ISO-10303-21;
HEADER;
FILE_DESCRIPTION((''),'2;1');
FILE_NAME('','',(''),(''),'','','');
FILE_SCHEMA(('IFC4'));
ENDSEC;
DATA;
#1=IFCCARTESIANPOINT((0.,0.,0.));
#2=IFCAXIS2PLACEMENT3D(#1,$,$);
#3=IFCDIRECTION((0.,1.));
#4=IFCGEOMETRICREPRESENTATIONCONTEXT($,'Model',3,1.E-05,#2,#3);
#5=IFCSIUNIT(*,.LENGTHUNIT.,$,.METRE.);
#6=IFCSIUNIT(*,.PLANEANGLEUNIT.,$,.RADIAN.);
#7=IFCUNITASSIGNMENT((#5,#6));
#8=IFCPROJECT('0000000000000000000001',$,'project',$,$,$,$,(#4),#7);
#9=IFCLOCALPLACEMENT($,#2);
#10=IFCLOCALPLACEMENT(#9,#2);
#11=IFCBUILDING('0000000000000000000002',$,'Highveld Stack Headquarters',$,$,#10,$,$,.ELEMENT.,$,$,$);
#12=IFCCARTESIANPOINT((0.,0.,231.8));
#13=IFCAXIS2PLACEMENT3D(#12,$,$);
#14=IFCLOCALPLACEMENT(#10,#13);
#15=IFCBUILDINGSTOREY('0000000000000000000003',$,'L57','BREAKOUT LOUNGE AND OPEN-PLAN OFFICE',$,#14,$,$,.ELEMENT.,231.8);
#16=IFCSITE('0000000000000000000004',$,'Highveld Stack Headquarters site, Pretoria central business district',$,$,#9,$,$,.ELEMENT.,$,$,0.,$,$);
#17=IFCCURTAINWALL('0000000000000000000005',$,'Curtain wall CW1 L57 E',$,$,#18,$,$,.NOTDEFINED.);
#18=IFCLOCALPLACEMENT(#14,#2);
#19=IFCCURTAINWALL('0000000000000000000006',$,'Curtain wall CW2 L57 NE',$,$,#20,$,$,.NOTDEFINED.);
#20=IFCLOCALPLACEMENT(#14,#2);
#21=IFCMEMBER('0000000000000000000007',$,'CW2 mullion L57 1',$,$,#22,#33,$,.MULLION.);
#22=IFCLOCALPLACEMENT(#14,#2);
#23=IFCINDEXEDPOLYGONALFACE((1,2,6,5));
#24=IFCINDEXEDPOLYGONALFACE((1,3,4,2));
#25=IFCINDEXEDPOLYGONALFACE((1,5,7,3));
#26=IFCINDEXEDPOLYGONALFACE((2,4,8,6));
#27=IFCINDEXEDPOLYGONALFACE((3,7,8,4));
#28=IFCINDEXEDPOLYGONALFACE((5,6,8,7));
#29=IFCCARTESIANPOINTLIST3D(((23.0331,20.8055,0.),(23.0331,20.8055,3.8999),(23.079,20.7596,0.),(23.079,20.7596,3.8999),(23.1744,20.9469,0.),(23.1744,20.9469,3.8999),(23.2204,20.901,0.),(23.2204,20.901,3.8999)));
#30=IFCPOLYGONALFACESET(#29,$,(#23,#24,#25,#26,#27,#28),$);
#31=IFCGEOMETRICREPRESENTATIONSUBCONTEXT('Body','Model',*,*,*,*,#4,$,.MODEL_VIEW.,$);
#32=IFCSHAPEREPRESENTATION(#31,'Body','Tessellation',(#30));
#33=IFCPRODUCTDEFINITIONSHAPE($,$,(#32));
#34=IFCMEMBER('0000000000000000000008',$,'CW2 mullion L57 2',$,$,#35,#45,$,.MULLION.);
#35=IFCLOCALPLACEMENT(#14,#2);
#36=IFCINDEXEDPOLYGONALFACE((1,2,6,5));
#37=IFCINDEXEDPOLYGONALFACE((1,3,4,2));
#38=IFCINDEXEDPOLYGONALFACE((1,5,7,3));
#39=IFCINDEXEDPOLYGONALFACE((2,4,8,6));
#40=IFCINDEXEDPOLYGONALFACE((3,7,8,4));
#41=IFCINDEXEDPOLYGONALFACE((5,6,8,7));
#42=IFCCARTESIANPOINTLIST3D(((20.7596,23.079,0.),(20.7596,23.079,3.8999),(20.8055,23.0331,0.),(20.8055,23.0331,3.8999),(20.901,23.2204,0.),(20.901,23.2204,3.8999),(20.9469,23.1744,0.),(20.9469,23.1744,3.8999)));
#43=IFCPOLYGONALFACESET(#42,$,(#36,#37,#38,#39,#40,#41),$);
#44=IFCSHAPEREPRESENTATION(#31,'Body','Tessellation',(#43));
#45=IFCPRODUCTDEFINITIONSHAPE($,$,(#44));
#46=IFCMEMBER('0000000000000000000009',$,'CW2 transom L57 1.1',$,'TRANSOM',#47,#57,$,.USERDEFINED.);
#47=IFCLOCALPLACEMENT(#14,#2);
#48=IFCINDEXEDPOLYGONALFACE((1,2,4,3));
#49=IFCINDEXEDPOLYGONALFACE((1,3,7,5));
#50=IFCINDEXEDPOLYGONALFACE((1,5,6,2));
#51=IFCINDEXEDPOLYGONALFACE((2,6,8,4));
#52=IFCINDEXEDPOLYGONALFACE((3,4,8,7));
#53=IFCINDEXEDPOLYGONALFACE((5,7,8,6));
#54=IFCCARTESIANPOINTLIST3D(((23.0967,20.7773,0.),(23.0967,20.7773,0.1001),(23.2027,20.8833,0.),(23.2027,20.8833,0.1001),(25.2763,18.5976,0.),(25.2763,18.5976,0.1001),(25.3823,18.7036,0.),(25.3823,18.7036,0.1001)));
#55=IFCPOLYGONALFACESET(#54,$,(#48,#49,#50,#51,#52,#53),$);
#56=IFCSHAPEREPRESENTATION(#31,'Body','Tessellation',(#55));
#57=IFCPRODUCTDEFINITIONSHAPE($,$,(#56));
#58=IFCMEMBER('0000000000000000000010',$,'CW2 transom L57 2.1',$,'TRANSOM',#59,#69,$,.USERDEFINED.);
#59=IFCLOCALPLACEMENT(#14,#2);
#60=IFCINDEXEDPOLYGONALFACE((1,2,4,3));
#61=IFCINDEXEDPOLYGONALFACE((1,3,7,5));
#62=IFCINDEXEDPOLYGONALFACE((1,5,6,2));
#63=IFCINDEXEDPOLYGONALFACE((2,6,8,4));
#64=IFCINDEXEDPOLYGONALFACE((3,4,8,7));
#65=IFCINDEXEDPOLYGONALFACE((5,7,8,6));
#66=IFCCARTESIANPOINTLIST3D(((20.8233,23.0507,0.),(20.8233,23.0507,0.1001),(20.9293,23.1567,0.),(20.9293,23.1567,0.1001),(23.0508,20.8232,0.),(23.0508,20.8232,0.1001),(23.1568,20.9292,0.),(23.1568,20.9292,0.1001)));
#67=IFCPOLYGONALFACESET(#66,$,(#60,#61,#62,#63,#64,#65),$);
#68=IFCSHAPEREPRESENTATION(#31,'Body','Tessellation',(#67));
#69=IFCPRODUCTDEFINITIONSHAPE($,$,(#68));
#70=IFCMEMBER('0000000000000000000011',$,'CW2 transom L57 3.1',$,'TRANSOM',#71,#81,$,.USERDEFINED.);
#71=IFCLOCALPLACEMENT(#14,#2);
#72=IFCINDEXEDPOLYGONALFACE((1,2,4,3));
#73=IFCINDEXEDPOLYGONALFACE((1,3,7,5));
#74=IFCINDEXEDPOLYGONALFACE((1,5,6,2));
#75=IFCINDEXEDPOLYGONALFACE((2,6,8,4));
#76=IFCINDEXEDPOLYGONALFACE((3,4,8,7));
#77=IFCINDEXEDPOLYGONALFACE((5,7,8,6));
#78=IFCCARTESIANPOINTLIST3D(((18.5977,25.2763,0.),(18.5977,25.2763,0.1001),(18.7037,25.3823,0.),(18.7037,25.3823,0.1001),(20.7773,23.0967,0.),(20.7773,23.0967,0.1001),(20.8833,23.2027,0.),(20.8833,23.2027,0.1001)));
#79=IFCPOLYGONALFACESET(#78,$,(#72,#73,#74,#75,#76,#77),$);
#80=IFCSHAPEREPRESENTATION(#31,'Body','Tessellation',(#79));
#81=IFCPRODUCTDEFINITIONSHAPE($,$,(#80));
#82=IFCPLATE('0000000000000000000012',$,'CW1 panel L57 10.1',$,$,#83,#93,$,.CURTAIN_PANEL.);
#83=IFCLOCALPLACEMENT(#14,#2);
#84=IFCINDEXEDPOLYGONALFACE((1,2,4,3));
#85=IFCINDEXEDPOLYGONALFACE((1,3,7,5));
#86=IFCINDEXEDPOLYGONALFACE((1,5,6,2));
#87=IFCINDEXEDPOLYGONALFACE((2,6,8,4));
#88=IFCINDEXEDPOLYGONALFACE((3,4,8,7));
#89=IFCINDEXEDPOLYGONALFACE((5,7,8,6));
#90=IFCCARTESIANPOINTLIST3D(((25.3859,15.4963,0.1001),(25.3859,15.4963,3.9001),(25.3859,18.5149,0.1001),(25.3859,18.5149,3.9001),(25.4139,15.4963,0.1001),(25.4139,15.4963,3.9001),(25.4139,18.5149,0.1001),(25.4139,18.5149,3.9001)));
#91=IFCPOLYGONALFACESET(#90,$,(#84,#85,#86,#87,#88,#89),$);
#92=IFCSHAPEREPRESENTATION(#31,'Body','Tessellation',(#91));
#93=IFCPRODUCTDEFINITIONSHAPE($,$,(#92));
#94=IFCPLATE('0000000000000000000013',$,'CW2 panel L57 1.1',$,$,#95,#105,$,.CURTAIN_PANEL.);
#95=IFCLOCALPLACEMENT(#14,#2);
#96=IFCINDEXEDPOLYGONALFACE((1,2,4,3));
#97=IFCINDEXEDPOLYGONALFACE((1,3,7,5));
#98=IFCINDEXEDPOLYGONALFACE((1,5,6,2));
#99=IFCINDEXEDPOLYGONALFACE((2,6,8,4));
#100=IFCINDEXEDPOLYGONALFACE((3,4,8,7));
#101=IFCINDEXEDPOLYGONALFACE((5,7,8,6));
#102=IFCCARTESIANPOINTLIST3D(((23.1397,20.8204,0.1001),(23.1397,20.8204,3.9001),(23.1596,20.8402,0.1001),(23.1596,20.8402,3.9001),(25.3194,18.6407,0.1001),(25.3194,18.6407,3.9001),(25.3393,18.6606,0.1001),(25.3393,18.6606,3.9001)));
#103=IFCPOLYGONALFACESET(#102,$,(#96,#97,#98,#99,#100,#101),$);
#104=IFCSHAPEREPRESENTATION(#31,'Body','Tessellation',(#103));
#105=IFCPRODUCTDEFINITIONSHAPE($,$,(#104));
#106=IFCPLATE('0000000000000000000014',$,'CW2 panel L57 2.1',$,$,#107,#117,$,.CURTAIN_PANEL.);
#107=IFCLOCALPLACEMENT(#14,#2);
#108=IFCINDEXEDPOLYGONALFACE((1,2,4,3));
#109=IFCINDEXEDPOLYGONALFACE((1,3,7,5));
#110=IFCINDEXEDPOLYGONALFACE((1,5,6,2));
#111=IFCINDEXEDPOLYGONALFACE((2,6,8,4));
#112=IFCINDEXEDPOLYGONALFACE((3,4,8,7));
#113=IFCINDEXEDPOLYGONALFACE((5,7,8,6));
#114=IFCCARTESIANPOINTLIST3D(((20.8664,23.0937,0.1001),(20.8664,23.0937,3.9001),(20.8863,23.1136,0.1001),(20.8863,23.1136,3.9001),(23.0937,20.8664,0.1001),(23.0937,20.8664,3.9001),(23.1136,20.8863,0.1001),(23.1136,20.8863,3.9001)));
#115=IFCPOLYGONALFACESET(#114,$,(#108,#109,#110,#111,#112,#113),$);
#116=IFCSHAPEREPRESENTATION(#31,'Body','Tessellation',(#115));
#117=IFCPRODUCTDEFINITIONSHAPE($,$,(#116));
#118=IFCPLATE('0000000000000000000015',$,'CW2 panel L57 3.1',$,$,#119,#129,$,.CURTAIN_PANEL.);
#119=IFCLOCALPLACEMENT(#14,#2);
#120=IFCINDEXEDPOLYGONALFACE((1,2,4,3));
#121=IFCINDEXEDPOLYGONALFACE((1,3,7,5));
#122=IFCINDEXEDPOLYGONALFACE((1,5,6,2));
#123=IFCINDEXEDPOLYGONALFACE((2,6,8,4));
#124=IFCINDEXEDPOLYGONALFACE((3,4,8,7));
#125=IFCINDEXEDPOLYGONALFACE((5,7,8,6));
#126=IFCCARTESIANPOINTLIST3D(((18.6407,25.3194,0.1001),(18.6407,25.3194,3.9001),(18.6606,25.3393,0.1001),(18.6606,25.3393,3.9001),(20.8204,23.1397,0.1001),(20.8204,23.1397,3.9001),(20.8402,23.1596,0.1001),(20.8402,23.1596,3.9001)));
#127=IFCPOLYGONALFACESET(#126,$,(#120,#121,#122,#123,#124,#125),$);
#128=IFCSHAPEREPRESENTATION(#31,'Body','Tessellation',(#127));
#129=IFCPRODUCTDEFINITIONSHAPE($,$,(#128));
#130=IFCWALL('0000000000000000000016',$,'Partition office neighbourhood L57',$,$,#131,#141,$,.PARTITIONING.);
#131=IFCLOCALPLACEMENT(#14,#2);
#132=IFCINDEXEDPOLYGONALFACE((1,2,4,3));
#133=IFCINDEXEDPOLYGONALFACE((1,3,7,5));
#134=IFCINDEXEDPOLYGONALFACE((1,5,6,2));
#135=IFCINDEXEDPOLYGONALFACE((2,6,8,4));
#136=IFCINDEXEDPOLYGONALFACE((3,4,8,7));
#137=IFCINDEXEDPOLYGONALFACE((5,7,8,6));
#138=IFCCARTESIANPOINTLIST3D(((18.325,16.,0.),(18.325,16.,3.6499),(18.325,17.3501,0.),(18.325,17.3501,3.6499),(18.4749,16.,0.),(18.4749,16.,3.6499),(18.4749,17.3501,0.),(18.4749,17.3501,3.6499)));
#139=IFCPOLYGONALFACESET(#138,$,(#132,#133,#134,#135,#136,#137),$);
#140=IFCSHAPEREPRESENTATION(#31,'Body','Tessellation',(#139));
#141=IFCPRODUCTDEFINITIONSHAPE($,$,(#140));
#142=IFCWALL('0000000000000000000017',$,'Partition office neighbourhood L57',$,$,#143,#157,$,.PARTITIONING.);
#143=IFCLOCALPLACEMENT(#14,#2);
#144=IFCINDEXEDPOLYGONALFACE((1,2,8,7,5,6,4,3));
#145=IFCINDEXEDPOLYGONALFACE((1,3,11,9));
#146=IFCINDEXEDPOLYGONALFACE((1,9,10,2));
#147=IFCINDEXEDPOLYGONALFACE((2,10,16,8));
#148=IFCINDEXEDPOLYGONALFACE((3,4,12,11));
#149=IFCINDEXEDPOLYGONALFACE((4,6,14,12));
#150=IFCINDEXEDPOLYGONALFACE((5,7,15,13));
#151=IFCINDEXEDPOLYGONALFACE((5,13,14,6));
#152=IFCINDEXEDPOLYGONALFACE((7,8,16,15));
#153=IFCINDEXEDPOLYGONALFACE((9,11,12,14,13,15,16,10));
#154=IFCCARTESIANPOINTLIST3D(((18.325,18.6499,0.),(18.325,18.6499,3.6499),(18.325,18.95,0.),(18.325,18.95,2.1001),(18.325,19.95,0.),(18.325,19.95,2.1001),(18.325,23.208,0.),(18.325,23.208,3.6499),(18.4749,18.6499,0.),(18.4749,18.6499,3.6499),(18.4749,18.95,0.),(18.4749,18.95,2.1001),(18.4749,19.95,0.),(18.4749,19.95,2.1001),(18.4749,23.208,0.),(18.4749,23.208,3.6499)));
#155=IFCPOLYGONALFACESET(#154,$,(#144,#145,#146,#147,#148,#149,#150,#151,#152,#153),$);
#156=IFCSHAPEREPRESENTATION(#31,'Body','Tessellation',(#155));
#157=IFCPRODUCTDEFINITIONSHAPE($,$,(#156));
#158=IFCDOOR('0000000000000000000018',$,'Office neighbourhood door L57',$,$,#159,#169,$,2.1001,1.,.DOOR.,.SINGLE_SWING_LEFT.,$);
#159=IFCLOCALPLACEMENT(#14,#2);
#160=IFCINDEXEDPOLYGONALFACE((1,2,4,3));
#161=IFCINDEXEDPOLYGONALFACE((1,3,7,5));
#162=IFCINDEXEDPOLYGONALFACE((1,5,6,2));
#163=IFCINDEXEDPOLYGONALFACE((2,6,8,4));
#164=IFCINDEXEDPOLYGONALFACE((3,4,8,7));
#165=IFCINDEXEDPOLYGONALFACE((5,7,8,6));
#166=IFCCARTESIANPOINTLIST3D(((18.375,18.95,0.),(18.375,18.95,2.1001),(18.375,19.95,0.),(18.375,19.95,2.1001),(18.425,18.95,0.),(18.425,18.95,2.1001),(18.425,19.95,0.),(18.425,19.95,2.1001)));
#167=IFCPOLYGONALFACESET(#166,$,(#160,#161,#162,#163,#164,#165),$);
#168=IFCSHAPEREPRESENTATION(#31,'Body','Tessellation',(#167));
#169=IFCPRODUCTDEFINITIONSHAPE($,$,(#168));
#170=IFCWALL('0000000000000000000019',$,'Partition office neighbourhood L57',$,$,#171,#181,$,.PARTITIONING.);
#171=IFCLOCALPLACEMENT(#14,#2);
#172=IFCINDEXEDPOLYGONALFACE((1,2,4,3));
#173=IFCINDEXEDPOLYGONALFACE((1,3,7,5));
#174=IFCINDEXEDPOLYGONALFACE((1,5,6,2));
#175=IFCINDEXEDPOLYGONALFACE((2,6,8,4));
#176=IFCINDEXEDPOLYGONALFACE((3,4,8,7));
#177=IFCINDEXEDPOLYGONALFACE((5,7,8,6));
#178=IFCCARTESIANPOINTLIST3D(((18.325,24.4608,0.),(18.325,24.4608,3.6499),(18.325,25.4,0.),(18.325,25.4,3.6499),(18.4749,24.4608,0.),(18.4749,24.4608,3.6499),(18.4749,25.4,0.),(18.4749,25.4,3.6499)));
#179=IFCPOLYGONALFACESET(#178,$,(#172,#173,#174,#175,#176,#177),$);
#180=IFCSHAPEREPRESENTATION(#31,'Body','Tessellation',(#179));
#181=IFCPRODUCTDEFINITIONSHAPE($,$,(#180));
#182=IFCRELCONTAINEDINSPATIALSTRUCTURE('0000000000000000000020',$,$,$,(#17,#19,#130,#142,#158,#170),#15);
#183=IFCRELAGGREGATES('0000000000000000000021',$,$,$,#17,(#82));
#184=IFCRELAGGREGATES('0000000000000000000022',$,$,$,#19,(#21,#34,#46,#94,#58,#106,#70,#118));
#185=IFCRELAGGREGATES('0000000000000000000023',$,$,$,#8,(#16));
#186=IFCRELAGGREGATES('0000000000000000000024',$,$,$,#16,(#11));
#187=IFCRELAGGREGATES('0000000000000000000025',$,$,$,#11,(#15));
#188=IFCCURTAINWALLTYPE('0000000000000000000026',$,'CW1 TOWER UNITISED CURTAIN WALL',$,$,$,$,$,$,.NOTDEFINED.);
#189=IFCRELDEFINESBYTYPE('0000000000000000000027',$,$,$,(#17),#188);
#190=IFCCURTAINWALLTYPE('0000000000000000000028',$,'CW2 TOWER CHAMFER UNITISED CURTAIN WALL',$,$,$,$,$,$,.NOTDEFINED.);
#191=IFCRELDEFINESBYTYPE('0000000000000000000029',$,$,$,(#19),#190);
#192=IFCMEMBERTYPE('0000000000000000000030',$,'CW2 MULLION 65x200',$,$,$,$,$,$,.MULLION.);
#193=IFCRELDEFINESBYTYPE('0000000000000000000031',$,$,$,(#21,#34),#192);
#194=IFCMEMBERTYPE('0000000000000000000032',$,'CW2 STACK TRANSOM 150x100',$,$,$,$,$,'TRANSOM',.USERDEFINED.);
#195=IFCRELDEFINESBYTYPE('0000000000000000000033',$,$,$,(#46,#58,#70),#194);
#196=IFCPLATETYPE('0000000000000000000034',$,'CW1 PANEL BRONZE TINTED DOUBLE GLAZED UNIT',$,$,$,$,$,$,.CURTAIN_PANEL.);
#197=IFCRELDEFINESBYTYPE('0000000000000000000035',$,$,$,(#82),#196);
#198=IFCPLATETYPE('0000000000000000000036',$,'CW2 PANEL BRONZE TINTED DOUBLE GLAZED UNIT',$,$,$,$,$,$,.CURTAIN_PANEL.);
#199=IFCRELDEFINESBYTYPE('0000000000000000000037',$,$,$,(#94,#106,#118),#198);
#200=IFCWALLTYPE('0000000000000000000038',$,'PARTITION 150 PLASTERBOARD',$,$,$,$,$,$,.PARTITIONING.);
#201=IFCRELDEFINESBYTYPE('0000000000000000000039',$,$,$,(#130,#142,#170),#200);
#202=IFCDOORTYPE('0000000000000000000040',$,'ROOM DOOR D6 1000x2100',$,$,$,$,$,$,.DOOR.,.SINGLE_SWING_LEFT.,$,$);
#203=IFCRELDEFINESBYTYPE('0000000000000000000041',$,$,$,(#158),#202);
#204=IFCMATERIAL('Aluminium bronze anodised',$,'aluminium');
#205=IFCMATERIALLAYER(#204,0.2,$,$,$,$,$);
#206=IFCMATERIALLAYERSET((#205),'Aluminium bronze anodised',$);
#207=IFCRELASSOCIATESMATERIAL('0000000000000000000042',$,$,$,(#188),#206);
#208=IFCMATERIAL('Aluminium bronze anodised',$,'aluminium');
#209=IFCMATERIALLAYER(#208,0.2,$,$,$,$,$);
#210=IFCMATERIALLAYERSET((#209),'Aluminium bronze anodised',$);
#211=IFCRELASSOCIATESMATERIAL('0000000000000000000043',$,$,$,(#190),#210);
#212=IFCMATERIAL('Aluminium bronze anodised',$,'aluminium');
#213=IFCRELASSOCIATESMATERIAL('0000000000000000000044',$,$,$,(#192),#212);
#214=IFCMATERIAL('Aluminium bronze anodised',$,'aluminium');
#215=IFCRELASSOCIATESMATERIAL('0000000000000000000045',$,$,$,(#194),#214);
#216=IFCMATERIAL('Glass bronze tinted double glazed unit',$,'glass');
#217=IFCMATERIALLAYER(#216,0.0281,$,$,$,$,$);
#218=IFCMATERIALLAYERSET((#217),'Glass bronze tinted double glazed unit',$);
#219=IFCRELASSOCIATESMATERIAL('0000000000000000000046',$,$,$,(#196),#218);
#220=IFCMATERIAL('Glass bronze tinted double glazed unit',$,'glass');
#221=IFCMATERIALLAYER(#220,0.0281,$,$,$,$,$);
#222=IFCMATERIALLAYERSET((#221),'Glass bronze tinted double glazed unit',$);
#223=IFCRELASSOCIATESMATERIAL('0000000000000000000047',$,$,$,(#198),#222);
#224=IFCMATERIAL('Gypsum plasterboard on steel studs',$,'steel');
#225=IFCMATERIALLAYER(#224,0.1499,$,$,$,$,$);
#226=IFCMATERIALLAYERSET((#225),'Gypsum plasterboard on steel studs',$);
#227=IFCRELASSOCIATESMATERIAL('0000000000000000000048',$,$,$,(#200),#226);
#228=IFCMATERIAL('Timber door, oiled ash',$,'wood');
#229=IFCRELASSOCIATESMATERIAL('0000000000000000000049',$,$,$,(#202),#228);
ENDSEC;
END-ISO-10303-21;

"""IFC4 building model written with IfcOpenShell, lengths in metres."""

from ifc_helpers import new_model, si_unit, direction, frame, frame_2d, origin, origin_2d, place, context, subcontext, project, spatial, rectangle, extrude, material, layer, layer_set, material_profile, profile_set, type_object, element, fill, aggregate, save


model = new_model("IFC4")

# Units and contexts
model_context = context("Model", 3, precision=1e-05, world=origin(), true_north=direction((0.0, 1.0)))
body_context = subcontext(model_context, "Body", "Model", "MODEL_VIEW")
ifc_project = project(units=[si_unit("LENGTHUNIT", "METRE"), si_unit("PLANEANGLEUNIT", "RADIAN")], contexts=[model_context])

# Site, building, storey
site_placement = place(None, origin())
site = spatial("IfcSite", under=ifc_project, at=site_placement, Name="Highveld Stack Headquarters site, Pretoria central business district", CompositionType="ELEMENT", RefElevation=0.0)
building_placement = place(site_placement, origin())
building = spatial("IfcBuilding", under=site, at=building_placement, Name="Highveld Stack Headquarters", CompositionType="ELEMENT")
storey_placement = place(building_placement, frame((0.0, 0.0, 231.8)))
storey = spatial("IfcBuildingStorey", under=building, at=storey_placement, Name="L57", Description="BREAKOUT LOUNGE AND OPEN-PLAN OFFICE", CompositionType="ELEMENT", Elevation=231.8)

# Curtain wall
ifc_material_1 = material(Name="Aluminium bronze anodised", Category="aluminium")
ifc_layer_1 = layer(ifc_material_1, 0.2)
ifc_layer_set_1 = layer_set([ifc_layer_1], Name="Aluminium bronze anodised")
curtain_wall_type_1 = type_object("IfcCurtainWallType", Name="CW1 TOWER UNITISED CURTAIN WALL", PredefinedType="NOTDEFINED", material=ifc_layer_set_1)
curtain_wall_1_placement = place(storey_placement, origin())
curtain_wall_1 = element("IfcCurtainWall", 1, at=curtain_wall_1_placement, inside=storey, type_object=curtain_wall_type_1, Name="Curtain wall CW1 L57 E", PredefinedType="NOTDEFINED")

# Curtain wall, members
ifc_material_2 = material(Name="Aluminium bronze anodised", Category="aluminium")
ifc_layer_2 = layer(ifc_material_2, 0.2)
ifc_layer_set_2 = layer_set([ifc_layer_2], Name="Aluminium bronze anodised")
curtain_wall_type_2 = type_object("IfcCurtainWallType", Name="CW2 TOWER CHAMFER UNITISED CURTAIN WALL", PredefinedType="NOTDEFINED", material=ifc_layer_set_2)
curtain_wall_2_placement = place(storey_placement, origin())
curtain_wall_2 = element("IfcCurtainWall", 2, at=curtain_wall_2_placement, inside=storey, type_object=curtain_wall_type_2, Name="Curtain wall CW2 L57 NE", PredefinedType="NOTDEFINED")
ifc_material_3 = material(Name="Aluminium bronze anodised", Category="aluminium")
ifc_material_profile_1 = material_profile(ifc_material_3, rectangle(XDim=0.2, YDim=0.0649, at=origin_2d()), Name="CW2 MULLION 65x200")
ifc_profile_set_1 = profile_set([ifc_material_profile_1], Name="Aluminium bronze anodised")
member_type_1 = type_object("IfcMemberType", Name="CW2 MULLION 65x200", PredefinedType="MULLION", material=ifc_profile_set_1)
member_1_placement = place(storey_placement, frame((23.1267, 20.8533, 0.0), z_axis=(0.0, 0.0, 1.0), x_axis=(-0.707107, -0.707107, 0.0)))
member_1 = element("IfcMember", 3, at=member_1_placement, type_object=member_type_1, Name="CW2 mullion L57 1", PredefinedType="MULLION", context=body_context, shape_type="SweptSolid", body=[
    extrude(rectangle(XDim=0.2, YDim=0.0649, at=origin_2d()), origin(), (0.0, 0.0, 1.0), 3.8999),
])
member_2_placement = place(storey_placement, frame((20.8533, 23.1267, 0.0), z_axis=(0.0, 0.0, 1.0), x_axis=(-0.707107, -0.707107, 0.0)))
member_2 = element("IfcMember", 4, at=member_2_placement, type_object=member_type_1, Name="CW2 mullion L57 2", PredefinedType="MULLION", context=body_context, shape_type="SweptSolid", body=[
    extrude(rectangle(XDim=0.2, YDim=0.0649, at=origin_2d()), origin(), (0.0, 0.0, 1.0), 3.8999),
])
ifc_material_4 = material(Name="Aluminium bronze anodised", Category="aluminium")
ifc_material_profile_2 = material_profile(ifc_material_4, rectangle(XDim=0.1499, YDim=0.1001, at=origin_2d()), Name="CW2 TRANSOM 150x100")
ifc_profile_set_2 = profile_set([ifc_material_profile_2], Name="Aluminium bronze anodised")
member_type_2 = type_object("IfcMemberType", Name="CW2 STACK TRANSOM 150x100", ElementType="TRANSOM", PredefinedType="USERDEFINED", material=ifc_profile_set_2)
member_3_placement = place(storey_placement, frame((25.3293, 18.6506, 0.05), z_axis=(-0.707107, 0.707107, 0.0), x_axis=(-0.707107, -0.707107, 0.0)))
member_3 = element("IfcMember", 5, at=member_3_placement, type_object=member_type_2, Name="CW2 transom L57 1.1", ObjectType="TRANSOM", PredefinedType="USERDEFINED", context=body_context, shape_type="SweptSolid", body=[
    extrude(rectangle(XDim=0.1499, YDim=0.1001, at=origin_2d()), origin(), (0.0, 0.0, 1.0), 3.0825),
])
member_4_placement = place(storey_placement, frame((23.1038, 20.8762, 0.05), z_axis=(-0.707107, 0.707107, 0.0), x_axis=(-0.707107, -0.707107, 0.0)))
member_4 = element("IfcMember", 6, at=member_4_placement, type_object=member_type_2, Name="CW2 transom L57 2.1", ObjectType="TRANSOM", PredefinedType="USERDEFINED", context=body_context, shape_type="SweptSolid", body=[
    extrude(rectangle(XDim=0.1499, YDim=0.1001, at=origin_2d()), origin(), (0.0, 0.0, 1.0), 3.1501),
])
member_5_placement = place(storey_placement, frame((20.8303, 23.1497, 0.05), z_axis=(-0.707107, 0.707107, 0.0), x_axis=(-0.707107, -0.707107, 0.0)))
member_5 = element("IfcMember", 7, at=member_5_placement, type_object=member_type_2, Name="CW2 transom L57 3.1", ObjectType="TRANSOM", PredefinedType="USERDEFINED", context=body_context, shape_type="SweptSolid", body=[
    extrude(rectangle(XDim=0.1499, YDim=0.1001, at=origin_2d()), origin(), (0.0, 0.0, 1.0), 3.0825),
])

# Plates
ifc_material_5 = material(Name="Glass bronze tinted double glazed unit", Category="glass")
ifc_layer_3 = layer(ifc_material_5, 0.0281)
ifc_layer_set_3 = layer_set([ifc_layer_3], Name="Glass bronze tinted double glazed unit")
plate_type_1 = type_object("IfcPlateType", Name="CW1 PANEL BRONZE TINTED DOUBLE GLAZED UNIT", PredefinedType="CURTAIN_PANEL", material=ifc_layer_set_3)
plate_1_placement = place(storey_placement, frame((25.3999, 17.0056, 0.1001), z_axis=(0.0, 0.0, 1.0), x_axis=(0.0, 1.0, 0.0)))
plate_1 = element("IfcPlate", 8, at=plate_1_placement, type_object=plate_type_1, Name="CW1 panel L57 10.1", PredefinedType="CURTAIN_PANEL", context=body_context, shape_type="SweptSolid", body=[
    extrude(rectangle(XDim=3.0186, YDim=0.0281, at=origin_2d()), origin(), (0.0, 0.0, 1.0), 3.8),
])
aggregate(curtain_wall_1, [plate_1])
ifc_material_6 = material(Name="Glass bronze tinted double glazed unit", Category="glass")
ifc_layer_4 = layer(ifc_material_6, 0.0281)
ifc_layer_set_4 = layer_set([ifc_layer_4], Name="Glass bronze tinted double glazed unit")
plate_type_2 = type_object("IfcPlateType", Name="CW2 PANEL BRONZE TINTED DOUBLE GLAZED UNIT", PredefinedType="CURTAIN_PANEL", material=ifc_layer_set_4)
plate_2_placement = place(storey_placement, frame((24.2395, 19.7405, 0.1001), z_axis=(0.0, 0.0, 1.0), x_axis=(-0.707107, 0.707107, 0.0)))
plate_2 = element("IfcPlate", 9, at=plate_2_placement, type_object=plate_type_2, Name="CW2 panel L57 1.1", PredefinedType="CURTAIN_PANEL", context=body_context, shape_type="SweptSolid", body=[
    extrude(rectangle(XDim=3.0825, YDim=0.0281, at=origin_2d()), origin(), (0.0, 0.0, 1.0), 3.8),
])
plate_3_placement = place(storey_placement, frame((21.99, 21.99, 0.1001), z_axis=(0.0, 0.0, 1.0), x_axis=(-0.707107, 0.707107, 0.0)))
plate_3 = element("IfcPlate", 10, at=plate_3_placement, type_object=plate_type_2, Name="CW2 panel L57 2.1", PredefinedType="CURTAIN_PANEL", context=body_context, shape_type="SweptSolid", body=[
    extrude(rectangle(XDim=3.1499, YDim=0.0281, at=origin_2d()), origin(), (0.0, 0.0, 1.0), 3.8),
])
plate_4_placement = place(storey_placement, frame((19.7405, 24.2395, 0.1001), z_axis=(0.0, 0.0, 1.0), x_axis=(-0.707107, 0.707107, 0.0)))
plate_4 = element("IfcPlate", 11, at=plate_4_placement, type_object=plate_type_2, Name="CW2 panel L57 3.1", PredefinedType="CURTAIN_PANEL", context=body_context, shape_type="SweptSolid", body=[
    extrude(rectangle(XDim=3.0825, YDim=0.0281, at=origin_2d()), origin(), (0.0, 0.0, 1.0), 3.8),
])
aggregate(curtain_wall_2, [member_1, member_2, member_3, plate_2, member_4, plate_3, member_5, plate_4])

# Wall
ifc_material_7 = material(Name="Gypsum plasterboard on steel studs", Category="steel")
ifc_layer_5 = layer(ifc_material_7, 0.1499)
ifc_layer_set_5 = layer_set([ifc_layer_5], Name="Gypsum plasterboard on steel studs")
wall_type = type_object("IfcWallType", Name="PARTITION 150 PLASTERBOARD", PredefinedType="PARTITIONING", material=ifc_layer_set_5)
wall_1_placement = place(storey_placement, frame((18.3999, 16.0, 0.0), z_axis=(0.0, 0.0, 1.0), x_axis=(0.0, 1.0, 0.0)))
element("IfcWall", 12, at=wall_1_placement, inside=storey, type_object=wall_type, Name="Partition office neighbourhood L57", PredefinedType="PARTITIONING", context=body_context, shape_type="SweptSolid", body=[
    extrude(rectangle(XDim=1.3501, YDim=0.1499, at=frame_2d((0.675, 0.0))), origin(), (0.0, 0.0, 1.0), 3.6499),
])

# Wall, opening, door
wall_2_placement = place(storey_placement, frame((18.3999, 18.6499, 0.0), z_axis=(0.0, 0.0, 1.0), x_axis=(0.0, 1.0, 0.0)))
wall_2 = element("IfcWall", 13, at=wall_2_placement, inside=storey, type_object=wall_type, Name="Partition office neighbourhood L57", PredefinedType="PARTITIONING", context=body_context, shape_type="SweptSolid", body=[
    extrude(rectangle(XDim=4.5581, YDim=0.1499, at=frame_2d((2.2791, 0.0))), origin(), (0.0, 0.0, 1.0), 3.6499),
])
opening_placement = place(wall_2_placement, frame((0.3, 0.0, 0.0)))
opening = element("IfcOpeningElement", 14, at=opening_placement, cuts=wall_2, PredefinedType="OPENING", context=body_context, shape_type="SweptSolid", body=[
    extrude(rectangle(XDim=1.0, YDim=2.1001, at=frame_2d((0.5, 1.05))), frame((0.0, 0.085, 0.0), z_axis=(0.0, -1.0, 0.0), x_axis=(1.0, 0.0, 0.0)), (0.0, 0.0, 1.0), 0.1699),
])
ifc_material_8 = material(Name="Timber door, oiled ash", Category="wood")
door_type = type_object("IfcDoorType", Name="ROOM DOOR D6 1000x2100", OperationType="SINGLE_SWING_LEFT", PredefinedType="DOOR", material=ifc_material_8)
door_placement = place(opening_placement, origin())
door = element("IfcDoor", 15, at=door_placement, inside=storey, type_object=door_type, Name="Office neighbourhood door L57", OperationType="SINGLE_SWING_LEFT", OverallHeight=2.1001, OverallWidth=1.0, PredefinedType="DOOR", context=body_context, shape_type="SweptSolid", body=[
    extrude(rectangle(XDim=1.0, YDim=2.1001, at=frame_2d((0.5, 1.05))), frame((0.0, 0.0249, 0.0), z_axis=(0.0, -1.0, 0.0), x_axis=(1.0, 0.0, 0.0)), (0.0, 0.0, 1.0), 0.05),
])
fill(opening, door)

# Wall
wall_3_placement = place(storey_placement, frame((18.3999, 24.4607, 0.0), z_axis=(0.0, 0.0, 1.0), x_axis=(0.0, 1.0, 0.0)))
element("IfcWall", 16, at=wall_3_placement, inside=storey, type_object=wall_type, Name="Partition office neighbourhood L57", PredefinedType="PARTITIONING", context=body_context, shape_type="SweptSolid", body=[
    extrude(rectangle(XDim=0.9392, YDim=0.1499, at=frame_2d((0.4697, 0.0))), origin(), (0.0, 0.0, 1.0), 3.6499),
])

save(model, "model.ifc")
